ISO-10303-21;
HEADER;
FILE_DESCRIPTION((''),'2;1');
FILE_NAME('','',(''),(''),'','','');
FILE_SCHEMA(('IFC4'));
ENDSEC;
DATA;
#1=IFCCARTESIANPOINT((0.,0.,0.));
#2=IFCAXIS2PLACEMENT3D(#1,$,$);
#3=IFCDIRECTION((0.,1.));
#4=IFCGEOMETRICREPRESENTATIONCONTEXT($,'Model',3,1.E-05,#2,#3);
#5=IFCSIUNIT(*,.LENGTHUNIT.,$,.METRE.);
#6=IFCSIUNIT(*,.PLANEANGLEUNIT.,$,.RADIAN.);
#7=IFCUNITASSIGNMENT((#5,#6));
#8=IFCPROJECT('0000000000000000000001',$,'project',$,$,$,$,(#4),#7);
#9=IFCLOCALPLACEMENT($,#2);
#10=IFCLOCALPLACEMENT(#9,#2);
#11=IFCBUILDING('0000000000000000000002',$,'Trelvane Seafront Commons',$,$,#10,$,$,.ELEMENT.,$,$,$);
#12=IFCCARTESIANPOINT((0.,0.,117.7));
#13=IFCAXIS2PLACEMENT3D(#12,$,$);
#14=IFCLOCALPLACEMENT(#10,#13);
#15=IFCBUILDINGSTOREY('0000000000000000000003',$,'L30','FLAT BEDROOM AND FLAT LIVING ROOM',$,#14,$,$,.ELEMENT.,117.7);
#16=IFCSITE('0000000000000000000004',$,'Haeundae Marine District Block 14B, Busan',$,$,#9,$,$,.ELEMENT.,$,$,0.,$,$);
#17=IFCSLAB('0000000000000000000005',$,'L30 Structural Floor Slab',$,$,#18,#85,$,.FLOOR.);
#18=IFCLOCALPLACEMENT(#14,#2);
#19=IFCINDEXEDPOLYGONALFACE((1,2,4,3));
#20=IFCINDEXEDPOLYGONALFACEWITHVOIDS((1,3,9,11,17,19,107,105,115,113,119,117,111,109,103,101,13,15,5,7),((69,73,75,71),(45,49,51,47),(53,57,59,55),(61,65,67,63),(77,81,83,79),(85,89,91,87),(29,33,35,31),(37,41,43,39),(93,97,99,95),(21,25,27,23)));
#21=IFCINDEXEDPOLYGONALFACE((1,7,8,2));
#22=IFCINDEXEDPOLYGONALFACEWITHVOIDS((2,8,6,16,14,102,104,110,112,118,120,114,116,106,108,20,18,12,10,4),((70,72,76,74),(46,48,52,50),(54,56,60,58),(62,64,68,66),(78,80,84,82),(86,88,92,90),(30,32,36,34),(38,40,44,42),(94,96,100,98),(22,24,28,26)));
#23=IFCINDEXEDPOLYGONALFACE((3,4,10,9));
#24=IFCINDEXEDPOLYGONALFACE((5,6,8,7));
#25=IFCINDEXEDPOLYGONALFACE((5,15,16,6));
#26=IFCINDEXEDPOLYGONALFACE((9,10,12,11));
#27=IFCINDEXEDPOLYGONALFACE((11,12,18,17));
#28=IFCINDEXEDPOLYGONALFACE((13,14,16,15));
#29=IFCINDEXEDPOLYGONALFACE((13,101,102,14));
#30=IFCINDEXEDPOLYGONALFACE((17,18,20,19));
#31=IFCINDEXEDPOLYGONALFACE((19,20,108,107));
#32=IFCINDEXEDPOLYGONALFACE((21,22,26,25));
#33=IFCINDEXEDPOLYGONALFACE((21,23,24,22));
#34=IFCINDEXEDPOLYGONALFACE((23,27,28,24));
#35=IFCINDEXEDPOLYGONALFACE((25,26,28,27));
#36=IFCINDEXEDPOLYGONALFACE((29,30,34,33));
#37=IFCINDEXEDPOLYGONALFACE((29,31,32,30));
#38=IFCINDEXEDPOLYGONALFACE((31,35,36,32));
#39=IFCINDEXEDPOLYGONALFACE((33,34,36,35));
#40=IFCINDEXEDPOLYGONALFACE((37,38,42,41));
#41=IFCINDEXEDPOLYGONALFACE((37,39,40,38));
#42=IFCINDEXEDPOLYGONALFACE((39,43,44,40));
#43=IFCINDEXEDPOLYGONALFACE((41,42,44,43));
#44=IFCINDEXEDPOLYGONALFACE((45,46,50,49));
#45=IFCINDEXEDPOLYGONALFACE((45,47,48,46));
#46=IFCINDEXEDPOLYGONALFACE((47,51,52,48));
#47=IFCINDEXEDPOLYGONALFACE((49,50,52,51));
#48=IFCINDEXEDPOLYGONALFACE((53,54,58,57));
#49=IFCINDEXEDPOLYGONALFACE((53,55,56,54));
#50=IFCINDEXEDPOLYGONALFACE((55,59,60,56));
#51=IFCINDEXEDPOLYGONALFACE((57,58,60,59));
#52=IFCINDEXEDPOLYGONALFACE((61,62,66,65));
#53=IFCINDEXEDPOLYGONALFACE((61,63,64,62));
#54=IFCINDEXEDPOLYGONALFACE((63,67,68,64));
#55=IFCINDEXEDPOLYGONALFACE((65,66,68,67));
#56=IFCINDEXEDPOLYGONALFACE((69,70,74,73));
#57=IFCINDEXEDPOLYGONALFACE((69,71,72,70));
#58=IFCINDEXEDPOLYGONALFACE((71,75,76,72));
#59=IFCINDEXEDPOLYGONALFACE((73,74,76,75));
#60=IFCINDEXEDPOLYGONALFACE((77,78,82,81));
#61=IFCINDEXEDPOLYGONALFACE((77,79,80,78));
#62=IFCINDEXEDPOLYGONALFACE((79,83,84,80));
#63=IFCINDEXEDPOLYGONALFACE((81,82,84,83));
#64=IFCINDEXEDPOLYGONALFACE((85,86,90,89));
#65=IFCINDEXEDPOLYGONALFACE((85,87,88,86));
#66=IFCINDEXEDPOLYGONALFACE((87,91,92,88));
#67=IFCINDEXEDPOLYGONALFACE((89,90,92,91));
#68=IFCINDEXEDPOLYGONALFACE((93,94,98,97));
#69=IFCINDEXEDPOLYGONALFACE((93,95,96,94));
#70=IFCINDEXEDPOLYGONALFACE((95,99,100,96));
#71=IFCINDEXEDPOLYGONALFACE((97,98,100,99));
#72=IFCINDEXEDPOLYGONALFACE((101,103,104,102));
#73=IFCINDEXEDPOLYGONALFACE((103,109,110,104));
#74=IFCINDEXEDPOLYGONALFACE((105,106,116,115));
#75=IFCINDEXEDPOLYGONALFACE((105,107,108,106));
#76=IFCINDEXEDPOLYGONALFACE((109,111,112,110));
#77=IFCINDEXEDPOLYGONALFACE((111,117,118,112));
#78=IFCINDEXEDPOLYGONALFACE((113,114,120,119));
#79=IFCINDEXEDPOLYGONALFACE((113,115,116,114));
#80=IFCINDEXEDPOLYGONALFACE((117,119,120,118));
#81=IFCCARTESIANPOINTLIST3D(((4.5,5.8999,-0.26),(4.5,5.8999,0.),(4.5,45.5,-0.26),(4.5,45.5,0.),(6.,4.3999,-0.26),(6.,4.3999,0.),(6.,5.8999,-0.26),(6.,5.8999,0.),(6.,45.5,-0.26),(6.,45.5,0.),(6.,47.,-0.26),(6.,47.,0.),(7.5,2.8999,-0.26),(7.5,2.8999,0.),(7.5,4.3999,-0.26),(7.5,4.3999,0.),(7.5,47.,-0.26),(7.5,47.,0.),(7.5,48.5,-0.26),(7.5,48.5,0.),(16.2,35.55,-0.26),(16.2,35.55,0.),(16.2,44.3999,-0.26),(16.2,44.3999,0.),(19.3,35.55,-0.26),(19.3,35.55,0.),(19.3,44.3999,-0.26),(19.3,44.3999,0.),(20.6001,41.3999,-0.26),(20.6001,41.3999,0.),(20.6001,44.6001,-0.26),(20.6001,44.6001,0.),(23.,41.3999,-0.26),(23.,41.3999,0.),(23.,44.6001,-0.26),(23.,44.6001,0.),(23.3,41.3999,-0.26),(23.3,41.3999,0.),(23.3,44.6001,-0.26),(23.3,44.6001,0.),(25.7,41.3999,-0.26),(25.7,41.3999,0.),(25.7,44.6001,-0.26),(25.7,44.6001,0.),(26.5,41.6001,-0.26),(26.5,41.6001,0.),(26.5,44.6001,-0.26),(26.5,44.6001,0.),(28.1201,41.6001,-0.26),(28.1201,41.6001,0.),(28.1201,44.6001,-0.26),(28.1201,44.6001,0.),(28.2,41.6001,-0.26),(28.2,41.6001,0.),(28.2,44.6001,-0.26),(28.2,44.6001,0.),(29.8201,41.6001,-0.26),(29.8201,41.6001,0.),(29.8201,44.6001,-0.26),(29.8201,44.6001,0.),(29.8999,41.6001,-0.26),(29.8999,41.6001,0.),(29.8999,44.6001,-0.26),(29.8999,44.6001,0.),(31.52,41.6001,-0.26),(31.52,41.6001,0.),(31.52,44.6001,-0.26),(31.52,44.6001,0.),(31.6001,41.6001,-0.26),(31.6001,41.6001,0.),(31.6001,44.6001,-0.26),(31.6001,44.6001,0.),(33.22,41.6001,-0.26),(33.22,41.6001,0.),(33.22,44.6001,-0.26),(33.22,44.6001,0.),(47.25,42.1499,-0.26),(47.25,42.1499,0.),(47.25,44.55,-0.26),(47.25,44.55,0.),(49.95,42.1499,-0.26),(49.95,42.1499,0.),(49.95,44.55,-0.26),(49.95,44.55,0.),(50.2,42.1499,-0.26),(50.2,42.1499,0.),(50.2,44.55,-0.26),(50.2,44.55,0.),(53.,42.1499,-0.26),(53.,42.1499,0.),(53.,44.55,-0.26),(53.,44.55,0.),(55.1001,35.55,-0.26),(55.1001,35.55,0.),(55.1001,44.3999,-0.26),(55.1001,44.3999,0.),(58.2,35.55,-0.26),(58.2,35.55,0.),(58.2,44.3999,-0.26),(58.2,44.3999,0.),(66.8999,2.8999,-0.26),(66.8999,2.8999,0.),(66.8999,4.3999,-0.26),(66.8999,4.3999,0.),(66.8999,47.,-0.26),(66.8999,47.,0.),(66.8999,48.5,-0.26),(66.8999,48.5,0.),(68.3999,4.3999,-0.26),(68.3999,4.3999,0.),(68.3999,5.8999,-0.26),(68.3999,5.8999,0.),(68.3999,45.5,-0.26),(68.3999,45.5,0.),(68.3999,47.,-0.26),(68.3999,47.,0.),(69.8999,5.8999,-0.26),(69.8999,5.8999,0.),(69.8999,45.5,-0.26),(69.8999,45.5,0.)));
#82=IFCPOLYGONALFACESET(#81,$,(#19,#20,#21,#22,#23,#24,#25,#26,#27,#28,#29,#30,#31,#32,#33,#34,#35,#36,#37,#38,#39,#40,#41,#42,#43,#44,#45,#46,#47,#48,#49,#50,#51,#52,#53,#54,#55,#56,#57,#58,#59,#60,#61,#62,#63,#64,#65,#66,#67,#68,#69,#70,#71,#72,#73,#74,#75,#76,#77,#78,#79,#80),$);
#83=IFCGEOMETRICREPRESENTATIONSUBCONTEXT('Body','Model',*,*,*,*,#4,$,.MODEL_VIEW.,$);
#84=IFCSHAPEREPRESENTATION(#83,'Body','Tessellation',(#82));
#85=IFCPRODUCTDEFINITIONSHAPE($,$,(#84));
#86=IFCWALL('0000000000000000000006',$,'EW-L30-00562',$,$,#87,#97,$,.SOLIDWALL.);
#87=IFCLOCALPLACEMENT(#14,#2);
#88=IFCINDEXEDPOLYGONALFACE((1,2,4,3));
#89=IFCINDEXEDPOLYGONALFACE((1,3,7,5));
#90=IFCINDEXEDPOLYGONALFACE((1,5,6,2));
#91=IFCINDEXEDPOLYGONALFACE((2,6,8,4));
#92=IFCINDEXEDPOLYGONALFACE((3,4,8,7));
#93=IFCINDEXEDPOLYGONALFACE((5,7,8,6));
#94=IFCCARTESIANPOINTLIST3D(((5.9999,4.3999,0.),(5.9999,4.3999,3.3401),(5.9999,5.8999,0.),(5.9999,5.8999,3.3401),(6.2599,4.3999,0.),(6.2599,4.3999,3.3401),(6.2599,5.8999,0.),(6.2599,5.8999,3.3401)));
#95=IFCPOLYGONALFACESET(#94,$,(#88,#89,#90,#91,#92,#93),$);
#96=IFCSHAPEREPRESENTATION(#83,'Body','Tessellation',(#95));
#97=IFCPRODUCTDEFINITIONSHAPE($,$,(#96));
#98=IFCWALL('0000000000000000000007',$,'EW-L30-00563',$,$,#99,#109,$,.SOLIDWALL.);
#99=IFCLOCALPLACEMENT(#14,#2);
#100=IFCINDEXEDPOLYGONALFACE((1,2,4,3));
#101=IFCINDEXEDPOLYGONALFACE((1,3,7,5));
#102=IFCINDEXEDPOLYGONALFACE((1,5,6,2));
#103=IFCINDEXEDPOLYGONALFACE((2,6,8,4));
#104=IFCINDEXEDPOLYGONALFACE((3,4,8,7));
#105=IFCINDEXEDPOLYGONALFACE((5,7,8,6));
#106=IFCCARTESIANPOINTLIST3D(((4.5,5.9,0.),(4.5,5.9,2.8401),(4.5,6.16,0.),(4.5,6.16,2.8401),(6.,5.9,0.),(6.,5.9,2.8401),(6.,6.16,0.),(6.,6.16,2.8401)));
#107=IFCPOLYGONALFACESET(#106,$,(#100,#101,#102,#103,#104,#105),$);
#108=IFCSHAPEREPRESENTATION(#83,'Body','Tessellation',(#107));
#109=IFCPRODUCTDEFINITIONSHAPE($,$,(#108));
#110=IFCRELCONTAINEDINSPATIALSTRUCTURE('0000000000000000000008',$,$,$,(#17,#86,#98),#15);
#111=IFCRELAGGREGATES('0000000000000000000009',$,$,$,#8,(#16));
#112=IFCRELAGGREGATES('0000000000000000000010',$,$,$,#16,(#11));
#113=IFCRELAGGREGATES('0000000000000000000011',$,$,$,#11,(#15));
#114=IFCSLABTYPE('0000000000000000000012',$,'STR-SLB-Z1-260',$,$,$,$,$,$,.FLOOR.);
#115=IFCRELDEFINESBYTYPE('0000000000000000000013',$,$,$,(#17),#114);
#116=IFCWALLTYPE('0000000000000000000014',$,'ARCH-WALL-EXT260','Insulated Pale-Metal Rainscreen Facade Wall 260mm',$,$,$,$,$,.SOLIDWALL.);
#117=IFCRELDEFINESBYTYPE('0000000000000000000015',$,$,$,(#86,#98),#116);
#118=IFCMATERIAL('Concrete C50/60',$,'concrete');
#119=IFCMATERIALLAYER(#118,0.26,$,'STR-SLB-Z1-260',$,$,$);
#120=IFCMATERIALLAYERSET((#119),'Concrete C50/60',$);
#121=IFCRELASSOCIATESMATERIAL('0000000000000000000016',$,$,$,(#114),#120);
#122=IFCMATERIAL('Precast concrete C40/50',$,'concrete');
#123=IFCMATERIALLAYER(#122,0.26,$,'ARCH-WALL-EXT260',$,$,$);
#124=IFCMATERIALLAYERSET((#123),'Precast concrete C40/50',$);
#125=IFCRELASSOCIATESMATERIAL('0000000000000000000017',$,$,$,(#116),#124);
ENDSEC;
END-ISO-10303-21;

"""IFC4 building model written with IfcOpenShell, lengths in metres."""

from ifc_helpers import new_model, si_unit, direction, frame, frame_2d, origin, place, context, subcontext, project, spatial, polyline, rectangle, outline, extrude, material, layer, layer_set, type_object, element, save


model = new_model("IFC4")

# Units and contexts
model_context = context("Model", 3, precision=1e-05, world=origin(), true_north=direction((0.0, 1.0)))
body_context = subcontext(model_context, "Body", "Model", "MODEL_VIEW")
ifc_project = project(units=[si_unit("LENGTHUNIT", "METRE"), si_unit("PLANEANGLEUNIT", "RADIAN")], contexts=[model_context])

# Site, building, storey
site_placement = place(None, origin())
site = spatial("IfcSite", under=ifc_project, at=site_placement, Name="Haeundae Marine District Block 14B, Busan", CompositionType="ELEMENT", RefElevation=0.0)
building_placement = place(site_placement, origin())
building = spatial("IfcBuilding", under=site, at=building_placement, Name="Trelvane Seafront Commons", CompositionType="ELEMENT")
storey_placement = place(building_placement, frame((0.0, 0.0, 117.7)))
storey = spatial("IfcBuildingStorey", under=building, at=storey_placement, Name="L30", Description="FLAT BEDROOM AND FLAT LIVING ROOM", CompositionType="ELEMENT", Elevation=117.7)

# Slab
ifc_material_1 = material(Name="Concrete C50/60", Category="concrete")
ifc_layer_1 = layer(ifc_material_1, 0.26, Name="STR-SLB-Z1-260")
ifc_layer_set_1 = layer_set([ifc_layer_1], Name="Concrete C50/60")
slab_type_1 = type_object("IfcSlabType", Name="STR-SLB-Z1-260", PredefinedType="FLOOR", material=ifc_layer_set_1)
slab_1_placement = place(storey_placement, frame((0.0, 0.0, -0.26)))
element("IfcSlab", 1, at=slab_1_placement, inside=storey, type_object=slab_type_1, Name="L30 Structural Floor Slab", PredefinedType="FLOOR", context=body_context, shape_type="SweptSolid", body=[
    extrude(outline(polyline([(7.5, 2.8999), (66.8999, 2.8999), (66.8999, 4.3999), (68.3999, 4.3999), (68.3999, 5.8999), (69.8999, 5.8999), (69.8999, 45.5), (68.3999, 45.5), (68.3999, 47.0), (66.8999, 47.0), (66.8999, 48.5), (7.5, 48.5), (7.5, 47.0), (6.0, 47.0), (6.0, 45.5), (4.5, 45.5), (4.5, 5.8999), (6.0, 5.8999), (6.0, 4.3999), (7.5, 4.3999), (7.5, 2.8999)]), holes=[polyline([(19.3, 35.55), (16.2, 35.55), (16.2, 44.3999), (19.3, 44.3999), (19.3, 35.55)]), polyline([(58.2, 35.55), (55.1001, 35.55), (55.1001, 44.3999), (58.2, 44.3999), (58.2, 35.55)]), polyline([(23.0, 41.3999), (20.6001, 41.3999), (20.6001, 44.6001), (23.0, 44.6001), (23.0, 41.3999)]), polyline([(23.3, 41.3999), (23.3, 44.6001), (25.7, 44.6001), (25.7, 41.3999), (23.3, 41.3999)]), polyline([(26.5, 41.6001), (26.5, 44.6001), (28.1201, 44.6001), (28.1201, 41.6001), (26.5, 41.6001)]), polyline([(29.8201, 41.6001), (28.2, 41.6001), (28.2, 44.6001), (29.8201, 44.6001), (29.8201, 41.6001)]), polyline([(31.52, 41.6001), (29.8999, 41.6001), (29.8999, 44.6001), (31.52, 44.6001), (31.52, 41.6001)]), polyline([(33.22, 41.6001), (31.6001, 41.6001), (31.6001, 44.6001), (33.22, 44.6001), (33.22, 41.6001)]), polyline([(47.25, 42.1499), (47.25, 44.55), (49.95, 44.55), (49.95, 42.1499), (47.25, 42.1499)]), polyline([(50.2, 42.1499), (50.2, 44.55), (53.0, 44.55), (53.0, 42.1499), (50.2, 42.1499)])]), origin(), (0.0, 0.0, 1.0), 0.26),
])

# Walls
ifc_material_2 = material(Name="Precast concrete C40/50", Category="concrete")
ifc_layer_2 = layer(ifc_material_2, 0.26, Name="ARCH-WALL-EXT260")
ifc_layer_set_2 = layer_set([ifc_layer_2], Name="Precast concrete C40/50")
wall_type = type_object("IfcWallType", Name="ARCH-WALL-EXT260", Description="Insulated Pale-Metal Rainscreen Facade Wall 260mm", PredefinedType="SOLIDWALL", material=ifc_layer_set_2)
wall_1_placement = place(storey_placement, frame((6.1299, 4.3999, 0.0), z_axis=(0.0, 0.0, 1.0), x_axis=(0.0, 1.0, 0.0)))
element("IfcWall", 2, at=wall_1_placement, inside=storey, type_object=wall_type, Name="EW-L30-00562", PredefinedType="SOLIDWALL", context=body_context, shape_type="SweptSolid", body=[
    extrude(rectangle(XDim=1.5, YDim=0.26, at=frame_2d((0.75, 0.0))), origin(), (0.0, 0.0, 1.0), 3.3401),
])
wall_2_placement = place(storey_placement, frame((6.0, 6.03, 0.0), z_axis=(0.0, 0.0, 1.0), x_axis=(-1.0, 0.0, 0.0)))
element("IfcWall", 3, at=wall_2_placement, inside=storey, type_object=wall_type, Name="EW-L30-00563", PredefinedType="SOLIDWALL", context=body_context, shape_type="SweptSolid", body=[
    extrude(rectangle(XDim=1.5, YDim=0.26, at=frame_2d((0.75, 0.0))), origin(), (0.0, 0.0, 1.0), 2.8401),
])

save(model, "model.ifc")
